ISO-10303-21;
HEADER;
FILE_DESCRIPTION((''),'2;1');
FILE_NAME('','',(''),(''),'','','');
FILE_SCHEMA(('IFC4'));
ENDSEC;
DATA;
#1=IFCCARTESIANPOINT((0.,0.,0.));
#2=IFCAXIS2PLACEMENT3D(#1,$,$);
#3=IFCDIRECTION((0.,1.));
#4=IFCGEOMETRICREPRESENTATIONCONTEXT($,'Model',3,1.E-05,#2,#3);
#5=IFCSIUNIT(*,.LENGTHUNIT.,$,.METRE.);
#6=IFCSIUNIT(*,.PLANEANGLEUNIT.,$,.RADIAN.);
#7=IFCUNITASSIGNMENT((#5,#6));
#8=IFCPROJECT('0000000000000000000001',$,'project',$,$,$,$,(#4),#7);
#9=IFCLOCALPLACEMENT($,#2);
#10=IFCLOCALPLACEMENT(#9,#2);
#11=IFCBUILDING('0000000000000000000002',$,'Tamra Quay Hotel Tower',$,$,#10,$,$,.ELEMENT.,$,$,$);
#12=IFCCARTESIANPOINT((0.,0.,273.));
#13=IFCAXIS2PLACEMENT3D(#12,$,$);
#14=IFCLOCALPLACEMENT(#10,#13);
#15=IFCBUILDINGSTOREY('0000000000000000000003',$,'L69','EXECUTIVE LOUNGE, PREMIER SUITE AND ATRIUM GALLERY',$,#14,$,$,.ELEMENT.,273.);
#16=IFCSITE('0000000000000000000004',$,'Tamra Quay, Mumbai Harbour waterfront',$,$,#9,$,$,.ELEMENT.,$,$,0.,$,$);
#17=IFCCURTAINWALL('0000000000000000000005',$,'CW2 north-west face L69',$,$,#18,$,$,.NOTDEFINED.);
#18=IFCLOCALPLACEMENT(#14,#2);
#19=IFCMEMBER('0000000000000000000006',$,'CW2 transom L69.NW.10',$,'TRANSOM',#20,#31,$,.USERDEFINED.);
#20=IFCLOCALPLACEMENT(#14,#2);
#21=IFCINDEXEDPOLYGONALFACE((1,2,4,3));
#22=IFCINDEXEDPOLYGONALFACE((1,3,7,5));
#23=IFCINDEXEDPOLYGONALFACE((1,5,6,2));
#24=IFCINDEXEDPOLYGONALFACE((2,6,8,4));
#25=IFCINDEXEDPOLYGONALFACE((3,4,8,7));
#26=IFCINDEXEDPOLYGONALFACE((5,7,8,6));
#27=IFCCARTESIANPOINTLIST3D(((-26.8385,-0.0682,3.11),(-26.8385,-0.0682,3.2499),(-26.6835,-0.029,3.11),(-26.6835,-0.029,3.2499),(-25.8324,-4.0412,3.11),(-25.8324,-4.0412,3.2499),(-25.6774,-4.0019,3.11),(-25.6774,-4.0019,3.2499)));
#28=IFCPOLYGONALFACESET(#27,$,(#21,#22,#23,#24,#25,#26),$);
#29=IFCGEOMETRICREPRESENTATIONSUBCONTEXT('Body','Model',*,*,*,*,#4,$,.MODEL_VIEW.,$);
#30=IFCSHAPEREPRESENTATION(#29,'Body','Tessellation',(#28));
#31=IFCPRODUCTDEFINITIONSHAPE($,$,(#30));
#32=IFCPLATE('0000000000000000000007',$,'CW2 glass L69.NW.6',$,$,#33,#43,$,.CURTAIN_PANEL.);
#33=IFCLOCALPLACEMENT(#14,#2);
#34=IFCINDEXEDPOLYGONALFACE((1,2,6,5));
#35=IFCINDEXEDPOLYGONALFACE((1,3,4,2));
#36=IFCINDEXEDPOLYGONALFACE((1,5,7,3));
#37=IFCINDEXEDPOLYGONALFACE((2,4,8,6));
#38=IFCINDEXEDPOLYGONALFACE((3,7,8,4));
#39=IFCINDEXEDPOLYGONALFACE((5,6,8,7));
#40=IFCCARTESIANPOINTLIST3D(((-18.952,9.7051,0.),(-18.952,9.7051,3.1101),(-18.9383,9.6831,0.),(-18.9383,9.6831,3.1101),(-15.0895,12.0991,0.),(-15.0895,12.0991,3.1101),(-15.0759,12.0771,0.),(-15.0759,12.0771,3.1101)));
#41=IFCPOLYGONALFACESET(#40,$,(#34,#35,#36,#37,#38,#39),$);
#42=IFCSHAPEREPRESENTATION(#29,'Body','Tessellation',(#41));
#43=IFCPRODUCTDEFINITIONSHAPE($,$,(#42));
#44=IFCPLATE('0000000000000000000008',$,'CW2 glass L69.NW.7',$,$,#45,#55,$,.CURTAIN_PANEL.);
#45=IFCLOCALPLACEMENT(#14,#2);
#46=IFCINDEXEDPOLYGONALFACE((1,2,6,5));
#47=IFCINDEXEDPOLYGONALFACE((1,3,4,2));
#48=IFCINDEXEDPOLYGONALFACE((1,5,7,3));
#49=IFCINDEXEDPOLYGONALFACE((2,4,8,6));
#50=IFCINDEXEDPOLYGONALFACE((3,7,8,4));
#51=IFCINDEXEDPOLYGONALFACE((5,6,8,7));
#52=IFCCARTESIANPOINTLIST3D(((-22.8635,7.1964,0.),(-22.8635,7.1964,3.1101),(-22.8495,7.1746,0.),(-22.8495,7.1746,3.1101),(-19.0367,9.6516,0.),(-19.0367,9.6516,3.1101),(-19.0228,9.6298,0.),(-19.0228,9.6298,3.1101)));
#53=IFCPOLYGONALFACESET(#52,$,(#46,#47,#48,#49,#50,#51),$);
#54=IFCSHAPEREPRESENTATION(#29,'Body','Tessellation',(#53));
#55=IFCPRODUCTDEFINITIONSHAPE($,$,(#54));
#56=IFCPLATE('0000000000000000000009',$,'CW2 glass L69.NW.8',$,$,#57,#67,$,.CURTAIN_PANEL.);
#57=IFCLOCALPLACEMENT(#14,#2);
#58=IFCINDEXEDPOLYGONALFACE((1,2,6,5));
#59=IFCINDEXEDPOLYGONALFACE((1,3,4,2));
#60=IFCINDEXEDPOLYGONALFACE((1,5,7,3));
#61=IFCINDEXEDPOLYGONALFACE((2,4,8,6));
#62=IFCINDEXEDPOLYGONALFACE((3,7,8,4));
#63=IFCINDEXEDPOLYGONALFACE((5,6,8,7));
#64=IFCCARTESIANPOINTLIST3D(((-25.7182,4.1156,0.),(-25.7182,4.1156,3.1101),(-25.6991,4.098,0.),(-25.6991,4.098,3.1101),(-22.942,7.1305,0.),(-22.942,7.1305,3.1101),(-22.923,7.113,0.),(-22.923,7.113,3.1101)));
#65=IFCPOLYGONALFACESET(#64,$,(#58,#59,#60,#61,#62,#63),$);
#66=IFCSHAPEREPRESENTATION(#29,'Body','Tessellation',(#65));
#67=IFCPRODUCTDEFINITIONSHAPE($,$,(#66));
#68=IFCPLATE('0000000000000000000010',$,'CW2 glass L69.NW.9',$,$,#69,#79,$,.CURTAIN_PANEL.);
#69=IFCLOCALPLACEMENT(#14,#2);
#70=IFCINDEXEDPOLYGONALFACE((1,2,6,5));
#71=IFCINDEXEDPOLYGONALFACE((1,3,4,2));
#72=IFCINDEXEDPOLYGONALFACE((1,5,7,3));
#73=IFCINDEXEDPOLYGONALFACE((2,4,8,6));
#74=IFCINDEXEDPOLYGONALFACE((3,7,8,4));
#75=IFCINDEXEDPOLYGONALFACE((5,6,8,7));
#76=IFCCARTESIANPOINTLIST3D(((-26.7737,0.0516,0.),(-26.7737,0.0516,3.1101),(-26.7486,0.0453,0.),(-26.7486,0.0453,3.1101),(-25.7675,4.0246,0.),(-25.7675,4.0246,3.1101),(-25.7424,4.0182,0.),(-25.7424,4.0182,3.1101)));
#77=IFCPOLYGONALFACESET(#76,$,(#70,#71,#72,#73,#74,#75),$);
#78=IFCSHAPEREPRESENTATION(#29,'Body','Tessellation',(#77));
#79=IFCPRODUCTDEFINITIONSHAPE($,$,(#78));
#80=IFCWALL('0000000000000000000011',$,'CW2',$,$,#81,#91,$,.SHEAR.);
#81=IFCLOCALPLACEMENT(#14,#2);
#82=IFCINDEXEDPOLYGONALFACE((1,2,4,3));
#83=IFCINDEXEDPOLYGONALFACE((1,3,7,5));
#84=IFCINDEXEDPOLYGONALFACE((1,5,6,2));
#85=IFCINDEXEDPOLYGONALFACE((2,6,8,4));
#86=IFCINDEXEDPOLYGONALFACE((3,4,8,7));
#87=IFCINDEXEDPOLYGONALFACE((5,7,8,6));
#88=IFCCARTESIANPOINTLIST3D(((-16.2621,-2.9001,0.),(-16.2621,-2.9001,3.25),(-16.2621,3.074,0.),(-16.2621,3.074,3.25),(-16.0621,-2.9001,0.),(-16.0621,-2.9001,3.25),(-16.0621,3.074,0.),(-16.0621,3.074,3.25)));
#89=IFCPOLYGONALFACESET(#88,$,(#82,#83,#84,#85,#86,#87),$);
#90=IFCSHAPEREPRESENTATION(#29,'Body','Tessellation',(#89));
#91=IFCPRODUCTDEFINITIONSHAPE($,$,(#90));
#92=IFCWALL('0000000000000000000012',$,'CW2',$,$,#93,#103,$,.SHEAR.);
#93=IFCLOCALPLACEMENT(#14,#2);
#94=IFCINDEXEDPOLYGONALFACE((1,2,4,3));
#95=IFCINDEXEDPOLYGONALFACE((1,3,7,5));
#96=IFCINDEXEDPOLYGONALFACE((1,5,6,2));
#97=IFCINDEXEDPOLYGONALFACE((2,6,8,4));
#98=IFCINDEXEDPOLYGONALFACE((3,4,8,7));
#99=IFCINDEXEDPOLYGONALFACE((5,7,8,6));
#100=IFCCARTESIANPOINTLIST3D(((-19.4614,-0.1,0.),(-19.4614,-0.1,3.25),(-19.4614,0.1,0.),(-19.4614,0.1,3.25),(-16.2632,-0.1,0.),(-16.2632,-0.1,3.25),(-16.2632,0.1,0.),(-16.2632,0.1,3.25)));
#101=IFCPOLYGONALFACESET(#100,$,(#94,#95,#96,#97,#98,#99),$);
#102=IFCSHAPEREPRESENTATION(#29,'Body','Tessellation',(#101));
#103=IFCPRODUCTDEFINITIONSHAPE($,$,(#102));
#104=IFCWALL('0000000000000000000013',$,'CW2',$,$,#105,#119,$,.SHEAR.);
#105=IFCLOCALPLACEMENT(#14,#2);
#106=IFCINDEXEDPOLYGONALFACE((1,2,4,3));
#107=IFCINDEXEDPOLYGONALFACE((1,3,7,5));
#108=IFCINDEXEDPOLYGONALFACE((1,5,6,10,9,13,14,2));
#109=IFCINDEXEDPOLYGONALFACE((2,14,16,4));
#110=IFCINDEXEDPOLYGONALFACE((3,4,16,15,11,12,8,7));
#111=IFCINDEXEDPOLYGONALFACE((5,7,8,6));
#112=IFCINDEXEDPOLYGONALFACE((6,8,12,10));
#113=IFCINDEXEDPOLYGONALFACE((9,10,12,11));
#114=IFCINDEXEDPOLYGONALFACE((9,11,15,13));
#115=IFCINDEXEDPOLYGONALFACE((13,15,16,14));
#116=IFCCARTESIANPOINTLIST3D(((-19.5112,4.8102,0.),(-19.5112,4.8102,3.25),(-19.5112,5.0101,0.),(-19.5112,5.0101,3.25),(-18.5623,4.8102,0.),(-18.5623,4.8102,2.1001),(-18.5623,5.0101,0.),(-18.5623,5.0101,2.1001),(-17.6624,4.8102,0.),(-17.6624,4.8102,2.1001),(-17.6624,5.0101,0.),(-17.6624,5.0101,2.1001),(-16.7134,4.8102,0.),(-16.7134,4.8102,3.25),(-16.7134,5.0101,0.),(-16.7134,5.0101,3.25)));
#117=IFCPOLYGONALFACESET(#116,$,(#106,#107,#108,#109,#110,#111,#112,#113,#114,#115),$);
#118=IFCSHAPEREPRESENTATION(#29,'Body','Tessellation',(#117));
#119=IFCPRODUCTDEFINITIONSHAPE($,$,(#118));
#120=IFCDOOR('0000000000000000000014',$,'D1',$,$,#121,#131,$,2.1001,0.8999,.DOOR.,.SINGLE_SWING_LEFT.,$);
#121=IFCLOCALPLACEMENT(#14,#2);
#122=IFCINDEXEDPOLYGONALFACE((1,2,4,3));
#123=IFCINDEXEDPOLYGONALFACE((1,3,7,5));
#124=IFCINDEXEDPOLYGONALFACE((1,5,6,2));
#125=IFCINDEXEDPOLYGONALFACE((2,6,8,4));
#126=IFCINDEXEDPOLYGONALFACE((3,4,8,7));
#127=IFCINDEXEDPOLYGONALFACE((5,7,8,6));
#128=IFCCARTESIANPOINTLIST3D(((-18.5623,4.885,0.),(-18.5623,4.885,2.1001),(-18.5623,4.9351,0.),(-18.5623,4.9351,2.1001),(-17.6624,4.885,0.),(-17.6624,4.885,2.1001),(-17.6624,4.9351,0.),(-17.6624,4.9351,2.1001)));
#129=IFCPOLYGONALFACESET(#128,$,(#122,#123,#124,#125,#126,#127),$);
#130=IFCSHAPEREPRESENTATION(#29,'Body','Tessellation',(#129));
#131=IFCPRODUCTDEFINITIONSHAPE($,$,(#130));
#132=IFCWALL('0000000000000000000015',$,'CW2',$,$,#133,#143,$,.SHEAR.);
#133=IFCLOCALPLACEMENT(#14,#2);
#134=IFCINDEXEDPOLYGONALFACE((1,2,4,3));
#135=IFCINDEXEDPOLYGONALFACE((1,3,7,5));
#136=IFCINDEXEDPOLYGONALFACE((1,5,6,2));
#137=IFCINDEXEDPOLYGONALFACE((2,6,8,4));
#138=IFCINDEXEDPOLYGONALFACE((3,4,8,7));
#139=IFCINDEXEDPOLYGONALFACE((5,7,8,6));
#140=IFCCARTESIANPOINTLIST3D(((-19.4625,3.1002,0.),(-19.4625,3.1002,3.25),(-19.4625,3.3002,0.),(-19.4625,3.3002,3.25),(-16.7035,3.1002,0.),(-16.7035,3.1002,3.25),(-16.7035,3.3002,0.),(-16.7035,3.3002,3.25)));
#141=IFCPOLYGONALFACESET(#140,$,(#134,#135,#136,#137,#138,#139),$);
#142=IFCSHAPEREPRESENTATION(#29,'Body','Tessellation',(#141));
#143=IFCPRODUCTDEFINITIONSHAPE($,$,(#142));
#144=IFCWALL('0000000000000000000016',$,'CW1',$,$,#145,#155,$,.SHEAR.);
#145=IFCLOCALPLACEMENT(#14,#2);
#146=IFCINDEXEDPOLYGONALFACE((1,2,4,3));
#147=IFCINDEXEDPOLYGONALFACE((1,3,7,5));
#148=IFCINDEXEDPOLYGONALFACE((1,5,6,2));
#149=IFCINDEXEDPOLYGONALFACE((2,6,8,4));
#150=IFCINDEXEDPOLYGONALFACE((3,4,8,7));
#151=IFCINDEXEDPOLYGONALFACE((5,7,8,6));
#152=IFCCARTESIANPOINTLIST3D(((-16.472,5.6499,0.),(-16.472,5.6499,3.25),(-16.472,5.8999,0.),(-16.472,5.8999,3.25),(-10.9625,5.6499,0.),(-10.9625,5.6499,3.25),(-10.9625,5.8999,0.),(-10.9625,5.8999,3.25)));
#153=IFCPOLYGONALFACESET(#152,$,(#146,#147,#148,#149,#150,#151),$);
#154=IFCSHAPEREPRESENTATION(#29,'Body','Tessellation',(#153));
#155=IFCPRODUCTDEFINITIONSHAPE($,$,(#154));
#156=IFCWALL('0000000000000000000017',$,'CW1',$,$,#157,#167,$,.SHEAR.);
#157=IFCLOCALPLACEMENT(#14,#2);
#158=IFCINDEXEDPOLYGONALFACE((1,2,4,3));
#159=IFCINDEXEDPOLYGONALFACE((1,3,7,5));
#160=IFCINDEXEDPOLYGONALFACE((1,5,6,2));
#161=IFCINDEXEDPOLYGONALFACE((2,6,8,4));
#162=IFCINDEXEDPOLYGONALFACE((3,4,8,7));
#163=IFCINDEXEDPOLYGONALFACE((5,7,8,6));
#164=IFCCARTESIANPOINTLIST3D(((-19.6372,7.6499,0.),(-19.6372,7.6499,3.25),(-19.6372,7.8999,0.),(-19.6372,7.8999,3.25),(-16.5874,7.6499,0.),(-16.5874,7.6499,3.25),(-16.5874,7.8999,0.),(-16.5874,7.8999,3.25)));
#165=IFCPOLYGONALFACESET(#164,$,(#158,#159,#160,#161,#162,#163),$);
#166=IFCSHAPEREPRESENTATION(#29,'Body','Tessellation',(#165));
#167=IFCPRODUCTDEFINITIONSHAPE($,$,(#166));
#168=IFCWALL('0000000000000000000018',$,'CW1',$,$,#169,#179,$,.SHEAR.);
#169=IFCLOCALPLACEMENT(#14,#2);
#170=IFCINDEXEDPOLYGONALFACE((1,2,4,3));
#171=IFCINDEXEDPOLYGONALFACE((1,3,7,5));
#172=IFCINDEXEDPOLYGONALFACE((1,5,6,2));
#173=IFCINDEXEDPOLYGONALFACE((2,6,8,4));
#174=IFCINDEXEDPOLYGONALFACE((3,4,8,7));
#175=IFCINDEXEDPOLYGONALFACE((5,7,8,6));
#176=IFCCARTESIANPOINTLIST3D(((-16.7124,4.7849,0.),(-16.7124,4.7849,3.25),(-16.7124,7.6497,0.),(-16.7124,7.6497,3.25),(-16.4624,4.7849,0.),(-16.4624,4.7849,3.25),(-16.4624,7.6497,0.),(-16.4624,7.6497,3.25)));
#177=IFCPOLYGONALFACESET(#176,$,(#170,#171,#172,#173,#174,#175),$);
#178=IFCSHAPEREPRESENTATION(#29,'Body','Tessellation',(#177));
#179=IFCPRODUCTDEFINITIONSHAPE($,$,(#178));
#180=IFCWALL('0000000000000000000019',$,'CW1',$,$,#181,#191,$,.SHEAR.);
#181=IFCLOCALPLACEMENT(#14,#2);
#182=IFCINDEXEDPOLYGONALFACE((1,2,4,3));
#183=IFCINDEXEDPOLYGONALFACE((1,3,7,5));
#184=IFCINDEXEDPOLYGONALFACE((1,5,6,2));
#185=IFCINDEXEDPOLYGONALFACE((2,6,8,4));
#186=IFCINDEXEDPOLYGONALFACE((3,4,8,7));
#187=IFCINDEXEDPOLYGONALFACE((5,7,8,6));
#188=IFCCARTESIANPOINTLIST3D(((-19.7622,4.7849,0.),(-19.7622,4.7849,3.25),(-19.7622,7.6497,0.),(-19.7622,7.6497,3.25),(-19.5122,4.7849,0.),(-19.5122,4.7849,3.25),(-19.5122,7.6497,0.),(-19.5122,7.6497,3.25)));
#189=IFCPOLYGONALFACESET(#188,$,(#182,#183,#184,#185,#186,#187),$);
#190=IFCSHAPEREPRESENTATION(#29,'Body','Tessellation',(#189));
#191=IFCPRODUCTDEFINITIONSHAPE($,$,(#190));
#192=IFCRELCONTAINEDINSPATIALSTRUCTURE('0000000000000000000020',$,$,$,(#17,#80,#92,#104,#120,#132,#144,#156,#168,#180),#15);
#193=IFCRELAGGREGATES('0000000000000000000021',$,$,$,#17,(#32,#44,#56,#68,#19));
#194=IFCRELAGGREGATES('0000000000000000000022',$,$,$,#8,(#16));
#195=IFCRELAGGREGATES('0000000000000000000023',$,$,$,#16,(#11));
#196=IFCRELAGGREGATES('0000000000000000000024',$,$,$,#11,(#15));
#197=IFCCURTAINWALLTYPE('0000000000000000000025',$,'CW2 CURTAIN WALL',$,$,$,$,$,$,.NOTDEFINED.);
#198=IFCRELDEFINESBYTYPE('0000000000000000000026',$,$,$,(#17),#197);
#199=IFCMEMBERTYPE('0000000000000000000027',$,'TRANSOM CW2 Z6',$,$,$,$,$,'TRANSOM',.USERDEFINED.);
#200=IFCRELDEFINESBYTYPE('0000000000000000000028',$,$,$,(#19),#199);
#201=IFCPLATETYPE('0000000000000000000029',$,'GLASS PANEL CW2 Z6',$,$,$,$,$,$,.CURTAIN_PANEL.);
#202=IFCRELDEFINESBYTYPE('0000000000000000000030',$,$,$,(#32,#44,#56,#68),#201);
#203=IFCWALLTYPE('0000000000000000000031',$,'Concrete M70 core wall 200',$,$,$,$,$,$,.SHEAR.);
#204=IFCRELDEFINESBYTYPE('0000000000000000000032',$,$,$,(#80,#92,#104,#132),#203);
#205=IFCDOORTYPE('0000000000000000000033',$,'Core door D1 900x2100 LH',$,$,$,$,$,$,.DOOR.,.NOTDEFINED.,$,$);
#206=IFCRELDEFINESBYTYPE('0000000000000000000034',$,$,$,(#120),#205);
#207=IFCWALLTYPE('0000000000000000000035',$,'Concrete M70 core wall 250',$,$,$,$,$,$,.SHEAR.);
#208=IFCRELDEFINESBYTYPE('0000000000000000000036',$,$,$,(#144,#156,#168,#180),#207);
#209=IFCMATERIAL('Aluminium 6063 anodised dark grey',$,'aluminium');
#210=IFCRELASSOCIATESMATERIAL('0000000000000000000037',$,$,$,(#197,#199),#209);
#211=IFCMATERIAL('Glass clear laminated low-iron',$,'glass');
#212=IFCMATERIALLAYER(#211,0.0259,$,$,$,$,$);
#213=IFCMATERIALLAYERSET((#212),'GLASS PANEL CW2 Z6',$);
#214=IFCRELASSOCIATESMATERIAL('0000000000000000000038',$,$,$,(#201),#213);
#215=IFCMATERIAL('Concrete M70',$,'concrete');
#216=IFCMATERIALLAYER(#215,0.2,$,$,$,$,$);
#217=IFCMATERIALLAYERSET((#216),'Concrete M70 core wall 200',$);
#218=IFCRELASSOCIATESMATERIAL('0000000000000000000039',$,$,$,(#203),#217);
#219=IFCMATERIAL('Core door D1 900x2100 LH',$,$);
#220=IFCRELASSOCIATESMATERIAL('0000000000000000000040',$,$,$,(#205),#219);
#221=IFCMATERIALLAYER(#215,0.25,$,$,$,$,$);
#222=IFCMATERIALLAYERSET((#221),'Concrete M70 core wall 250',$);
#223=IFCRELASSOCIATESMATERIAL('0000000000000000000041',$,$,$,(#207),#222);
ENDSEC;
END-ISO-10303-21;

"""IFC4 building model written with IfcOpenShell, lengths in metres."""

from ifc_helpers import new_model, si_unit, direction, frame, frame_2d, origin, origin_2d, place, context, subcontext, project, spatial, rectangle, extrude, material, layer, layer_set, material_profile, profile_set, type_object, element, fill, aggregate, save


model = new_model("IFC4")

# Units and contexts
model_context = context("Model", 3, precision=1e-05, world=origin(), true_north=direction((0.0, 1.0)))
body_context = subcontext(model_context, "Body", "Model", "MODEL_VIEW")
ifc_project = project(units=[si_unit("LENGTHUNIT", "METRE"), si_unit("PLANEANGLEUNIT", "RADIAN")], contexts=[model_context])

# Site, building, storey
site_placement = place(None, origin())
site = spatial("IfcSite", under=ifc_project, at=site_placement, Name="Tamra Quay, Mumbai Harbour waterfront", CompositionType="ELEMENT", RefElevation=0.0)
building_placement = place(site_placement, origin())
building = spatial("IfcBuilding", under=site, at=building_placement, Name="Tamra Quay Hotel Tower", CompositionType="ELEMENT")
storey_placement = place(building_placement, frame((0.0, 0.0, 273.0)))
storey = spatial("IfcBuildingStorey", under=building, at=storey_placement, Name="L69", Description="EXECUTIVE LOUNGE, PREMIER SUITE AND ATRIUM GALLERY", CompositionType="ELEMENT", Elevation=273.0)

# Shared definitions
ifc_material_1 = material(Name="Concrete M70", Category="concrete")

# Curtain wall
ifc_material_2 = material(Name="Aluminium 6063 anodised dark grey", Category="aluminium")
curtain_wall_type = type_object("IfcCurtainWallType", Name="CW2 CURTAIN WALL", PredefinedType="NOTDEFINED", material=ifc_material_2)
curtain_wall_placement = place(storey_placement, origin())
curtain_wall = element("IfcCurtainWall", 1, at=curtain_wall_placement, inside=storey, type_object=curtain_wall_type, Name="CW2 north-west face L69", PredefinedType="NOTDEFINED")

# Member
ifc_material_profile_1 = material_profile(ifc_material_2, rectangle(XDim=0.1599, YDim=0.1399, at=origin_2d()), Name="TRANSOM 160X140")
ifc_profile_set_1 = profile_set([ifc_material_profile_1], Name="Aluminium 6063 anodised dark grey")
member_type_1 = type_object("IfcMemberType", Name="TRANSOM CW2 Z6", ElementType="TRANSOM", PredefinedType="USERDEFINED", material=ifc_profile_set_1)
member_1_placement = place(storey_placement, frame((-26.761, -0.0486, 3.1799), z_axis=(0.245492, -0.969399, 0.0), x_axis=(0.969399, 0.245492, 0.0)))
member_1 = element("IfcMember", 2, at=member_1_placement, type_object=member_type_1, Name="CW2 transom L69.NW.10", ObjectType="TRANSOM", PredefinedType="USERDEFINED", context=body_context, shape_type="SweptSolid", body=[
    extrude(rectangle(XDim=0.1599, YDim=0.1399, at=origin_2d()), origin(), (0.0, 0.0, 1.0), 4.0984),
])

# Plates
ifc_material_3 = material(Name="Glass clear laminated low-iron", Category="glass")
ifc_layer_1 = layer(ifc_material_3, 0.0259)
ifc_layer_set_1 = layer_set([ifc_layer_1], Name="GLASS PANEL CW2 Z6")
plate_type = type_object("IfcPlateType", Name="GLASS PANEL CW2 Z6", PredefinedType="CURTAIN_PANEL", material=ifc_layer_set_1)
plate_1_placement = place(storey_placement, frame((-17.0139, 10.8911, 0.0), z_axis=(0.0, 0.0, 1.0), x_axis=(-0.849982, -0.526812, 0.0)))
plate_1 = element("IfcPlate", 3, at=plate_1_placement, type_object=plate_type, Name="CW2 glass L69.NW.6", PredefinedType="CURTAIN_PANEL", context=body_context, shape_type="SweptSolid", body=[
    extrude(rectangle(XDim=4.5442, YDim=0.0259, at=origin_2d()), origin(), (0.0, 0.0, 1.0), 3.1101),
])
plate_2_placement = place(storey_placement, frame((-20.9431, 8.4131, 0.0), z_axis=(0.0, 0.0, 1.0), x_axis=(-0.841665, -0.54, 0.0)))
plate_2 = element("IfcPlate", 4, at=plate_2_placement, type_object=plate_type, Name="CW2 glass L69.NW.7", PredefinedType="CURTAIN_PANEL", context=body_context, shape_type="SweptSolid", body=[
    extrude(rectangle(XDim=4.5466, YDim=0.0259, at=origin_2d()), origin(), (0.0, 0.0, 1.0), 3.1101),
])
plate_3_placement = place(storey_placement, frame((-24.3206, 5.6143, 0.0), z_axis=(0.0, 0.0, 1.0), x_axis=(-0.677376, -0.735637, 0.0)))
plate_3 = element("IfcPlate", 5, at=plate_3_placement, type_object=plate_type, Name="CW2 glass L69.NW.8", PredefinedType="CURTAIN_PANEL", context=body_context, shape_type="SweptSolid", body=[
    extrude(rectangle(XDim=4.0984, YDim=0.0259, at=origin_2d()), origin(), (0.0, 0.0, 1.0), 3.1101),
])
plate_4_placement = place(storey_placement, frame((-26.2581, 2.0349, 0.0), z_axis=(0.0, 0.0, 1.0), x_axis=(-0.245527, -0.96939, 0.0)))
plate_4 = element("IfcPlate", 6, at=plate_4_placement, type_object=plate_type, Name="CW2 glass L69.NW.9", PredefinedType="CURTAIN_PANEL", context=body_context, shape_type="SweptSolid", body=[
    extrude(rectangle(XDim=4.0984, YDim=0.0259, at=origin_2d()), origin(), (0.0, 0.0, 1.0), 3.1101),
])
aggregate(curtain_wall, [plate_1, plate_2, plate_3, plate_4, member_1])

# Walls
ifc_layer_2 = layer(ifc_material_1, 0.2)
ifc_layer_set_2 = layer_set([ifc_layer_2], Name="Concrete M70 core wall 200")
wall_type_1 = type_object("IfcWallType", Name="Concrete M70 core wall 200", PredefinedType="SHEAR", material=ifc_layer_set_2)
wall_1_placement = place(storey_placement, frame((-16.1621, 3.074, 0.0), z_axis=(0.0, 0.0, 1.0), x_axis=(0.0, -1.0, 0.0)))
element("IfcWall", 7, at=wall_1_placement, inside=storey, type_object=wall_type_1, Name="CW2", PredefinedType="SHEAR", context=body_context, shape_type="SweptSolid", body=[
    extrude(rectangle(XDim=5.9741, YDim=0.2, at=frame_2d((2.9871, 0.0))), origin(), (0.0, 0.0, 1.0), 3.25),
])
wall_2_placement = place(storey_placement, frame((-16.2632, 0.0, 0.0), z_axis=(0.0, 0.0, 1.0), x_axis=(-1.0, 0.0, 0.0)))
element("IfcWall", 8, at=wall_2_placement, inside=storey, type_object=wall_type_1, Name="CW2", PredefinedType="SHEAR", context=body_context, shape_type="SweptSolid", body=[
    extrude(rectangle(XDim=3.1982, YDim=0.2, at=frame_2d((1.5991, 0.0))), origin(), (0.0, 0.0, 1.0), 3.25),
])

# Wall, opening, door
wall_3_placement = place(storey_placement, frame((-19.5112, 4.9102, 0.0), z_axis=(0.0, 0.0, 1.0), x_axis=(1.0, 0.0, 0.0)))
wall_3 = element("IfcWall", 9, at=wall_3_placement, inside=storey, type_object=wall_type_1, Name="CW2", PredefinedType="SHEAR", context=body_context, shape_type="SweptSolid", body=[
    extrude(rectangle(XDim=2.7979, YDim=0.2, at=frame_2d((1.3989, 0.0))), origin(), (0.0, 0.0, 1.0), 3.25),
])
opening_placement = place(wall_3_placement, frame((0.949, 0.0, 0.0)))
opening = element("IfcOpeningElement", 10, at=opening_placement, cuts=wall_3, PredefinedType="OPENING", context=body_context, shape_type="SweptSolid", body=[
    extrude(rectangle(XDim=0.8999, YDim=2.1001, at=frame_2d((0.45, 1.05))), frame((0.0, 0.1099, 0.0), z_axis=(0.0, -1.0, 0.0), x_axis=(1.0, 0.0, 0.0)), (0.0, 0.0, 1.0), 0.22),
])
ifc_material_4 = material(Name="Core door D1 900x2100 LH")
door_type = type_object("IfcDoorType", Name="Core door D1 900x2100 LH", OperationType="NOTDEFINED", PredefinedType="DOOR", material=ifc_material_4)
door_placement = place(opening_placement, origin())
door = element("IfcDoor", 11, at=door_placement, inside=storey, type_object=door_type, Name="D1", OperationType="SINGLE_SWING_LEFT", OverallHeight=2.1001, OverallWidth=0.8999, PredefinedType="DOOR", context=body_context, shape_type="SweptSolid", body=[
    extrude(rectangle(XDim=0.8999, YDim=2.1001, at=frame_2d((0.45, 1.05))), frame((0.0, 0.0249, 0.0), z_axis=(0.0, -1.0, 0.0), x_axis=(1.0, 0.0, 0.0)), (0.0, 0.0, 1.0), 0.05),
])
fill(opening, door)

# Walls
wall_4_placement = place(storey_placement, frame((-19.4624, 3.2002, 0.0), z_axis=(0.0, 0.0, 1.0), x_axis=(1.0, 0.0, 0.0)))
element("IfcWall", 12, at=wall_4_placement, inside=storey, type_object=wall_type_1, Name="CW2", PredefinedType="SHEAR", context=body_context, shape_type="SweptSolid", body=[
    extrude(rectangle(XDim=2.759, YDim=0.2, at=frame_2d((1.3794, 0.0))), origin(), (0.0, 0.0, 1.0), 3.25),
])
ifc_layer_3 = layer(ifc_material_1, 0.25)
ifc_layer_set_3 = layer_set([ifc_layer_3], Name="Concrete M70 core wall 250")
wall_type_2 = type_object("IfcWallType", Name="Concrete M70 core wall 250", PredefinedType="SHEAR", material=ifc_layer_set_3)
wall_5_placement = place(storey_placement, frame((-16.4722, 5.7749, 0.0), z_axis=(0.0, 0.0, 1.0), x_axis=(1.0, 0.0, 0.0)))
element("IfcWall", 13, at=wall_5_placement, inside=storey, type_object=wall_type_2, Name="CW1", PredefinedType="SHEAR", context=body_context, shape_type="SweptSolid", body=[
    extrude(rectangle(XDim=5.5095, YDim=0.25, at=frame_2d((2.7549, 0.0))), origin(), (0.0, 0.0, 1.0), 3.25),
])
wall_6_placement = place(storey_placement, frame((-19.6372, 7.7749, 0.0), z_axis=(0.0, 0.0, 1.0), x_axis=(1.0, 0.0, 0.0)))
element("IfcWall", 14, at=wall_6_placement, inside=storey, type_object=wall_type_2, Name="CW1", PredefinedType="SHEAR", context=body_context, shape_type="SweptSolid", body=[
    extrude(rectangle(XDim=3.0498, YDim=0.25, at=frame_2d((1.5249, 0.0))), origin(), (0.0, 0.0, 1.0), 3.25),
])
for number, where, z_axis, x_axis, name in (
    (15, (-16.5874, 7.6497, 0.0), (0.0, 0.0, 1.0), (0.0, -1.0, 0.0), "CW1"),
    (16, (-19.6372, 4.7849, 0.0), (0.0, 0.0, 1.0), (0.0, 1.0, 0.0), "CW1"),
):
    element("IfcWall", number, at=place(storey_placement, frame(where, z_axis=z_axis, x_axis=x_axis)), inside=storey, type_object=wall_type_2, Name=name, PredefinedType="SHEAR", context=body_context, shape_type="SweptSolid", body=[
        extrude(rectangle(XDim=2.8647, YDim=0.25, at=frame_2d((1.4324, 0.0))), origin(), (0.0, 0.0, 1.0), 3.25),
    ])

save(model, "model.ifc")
